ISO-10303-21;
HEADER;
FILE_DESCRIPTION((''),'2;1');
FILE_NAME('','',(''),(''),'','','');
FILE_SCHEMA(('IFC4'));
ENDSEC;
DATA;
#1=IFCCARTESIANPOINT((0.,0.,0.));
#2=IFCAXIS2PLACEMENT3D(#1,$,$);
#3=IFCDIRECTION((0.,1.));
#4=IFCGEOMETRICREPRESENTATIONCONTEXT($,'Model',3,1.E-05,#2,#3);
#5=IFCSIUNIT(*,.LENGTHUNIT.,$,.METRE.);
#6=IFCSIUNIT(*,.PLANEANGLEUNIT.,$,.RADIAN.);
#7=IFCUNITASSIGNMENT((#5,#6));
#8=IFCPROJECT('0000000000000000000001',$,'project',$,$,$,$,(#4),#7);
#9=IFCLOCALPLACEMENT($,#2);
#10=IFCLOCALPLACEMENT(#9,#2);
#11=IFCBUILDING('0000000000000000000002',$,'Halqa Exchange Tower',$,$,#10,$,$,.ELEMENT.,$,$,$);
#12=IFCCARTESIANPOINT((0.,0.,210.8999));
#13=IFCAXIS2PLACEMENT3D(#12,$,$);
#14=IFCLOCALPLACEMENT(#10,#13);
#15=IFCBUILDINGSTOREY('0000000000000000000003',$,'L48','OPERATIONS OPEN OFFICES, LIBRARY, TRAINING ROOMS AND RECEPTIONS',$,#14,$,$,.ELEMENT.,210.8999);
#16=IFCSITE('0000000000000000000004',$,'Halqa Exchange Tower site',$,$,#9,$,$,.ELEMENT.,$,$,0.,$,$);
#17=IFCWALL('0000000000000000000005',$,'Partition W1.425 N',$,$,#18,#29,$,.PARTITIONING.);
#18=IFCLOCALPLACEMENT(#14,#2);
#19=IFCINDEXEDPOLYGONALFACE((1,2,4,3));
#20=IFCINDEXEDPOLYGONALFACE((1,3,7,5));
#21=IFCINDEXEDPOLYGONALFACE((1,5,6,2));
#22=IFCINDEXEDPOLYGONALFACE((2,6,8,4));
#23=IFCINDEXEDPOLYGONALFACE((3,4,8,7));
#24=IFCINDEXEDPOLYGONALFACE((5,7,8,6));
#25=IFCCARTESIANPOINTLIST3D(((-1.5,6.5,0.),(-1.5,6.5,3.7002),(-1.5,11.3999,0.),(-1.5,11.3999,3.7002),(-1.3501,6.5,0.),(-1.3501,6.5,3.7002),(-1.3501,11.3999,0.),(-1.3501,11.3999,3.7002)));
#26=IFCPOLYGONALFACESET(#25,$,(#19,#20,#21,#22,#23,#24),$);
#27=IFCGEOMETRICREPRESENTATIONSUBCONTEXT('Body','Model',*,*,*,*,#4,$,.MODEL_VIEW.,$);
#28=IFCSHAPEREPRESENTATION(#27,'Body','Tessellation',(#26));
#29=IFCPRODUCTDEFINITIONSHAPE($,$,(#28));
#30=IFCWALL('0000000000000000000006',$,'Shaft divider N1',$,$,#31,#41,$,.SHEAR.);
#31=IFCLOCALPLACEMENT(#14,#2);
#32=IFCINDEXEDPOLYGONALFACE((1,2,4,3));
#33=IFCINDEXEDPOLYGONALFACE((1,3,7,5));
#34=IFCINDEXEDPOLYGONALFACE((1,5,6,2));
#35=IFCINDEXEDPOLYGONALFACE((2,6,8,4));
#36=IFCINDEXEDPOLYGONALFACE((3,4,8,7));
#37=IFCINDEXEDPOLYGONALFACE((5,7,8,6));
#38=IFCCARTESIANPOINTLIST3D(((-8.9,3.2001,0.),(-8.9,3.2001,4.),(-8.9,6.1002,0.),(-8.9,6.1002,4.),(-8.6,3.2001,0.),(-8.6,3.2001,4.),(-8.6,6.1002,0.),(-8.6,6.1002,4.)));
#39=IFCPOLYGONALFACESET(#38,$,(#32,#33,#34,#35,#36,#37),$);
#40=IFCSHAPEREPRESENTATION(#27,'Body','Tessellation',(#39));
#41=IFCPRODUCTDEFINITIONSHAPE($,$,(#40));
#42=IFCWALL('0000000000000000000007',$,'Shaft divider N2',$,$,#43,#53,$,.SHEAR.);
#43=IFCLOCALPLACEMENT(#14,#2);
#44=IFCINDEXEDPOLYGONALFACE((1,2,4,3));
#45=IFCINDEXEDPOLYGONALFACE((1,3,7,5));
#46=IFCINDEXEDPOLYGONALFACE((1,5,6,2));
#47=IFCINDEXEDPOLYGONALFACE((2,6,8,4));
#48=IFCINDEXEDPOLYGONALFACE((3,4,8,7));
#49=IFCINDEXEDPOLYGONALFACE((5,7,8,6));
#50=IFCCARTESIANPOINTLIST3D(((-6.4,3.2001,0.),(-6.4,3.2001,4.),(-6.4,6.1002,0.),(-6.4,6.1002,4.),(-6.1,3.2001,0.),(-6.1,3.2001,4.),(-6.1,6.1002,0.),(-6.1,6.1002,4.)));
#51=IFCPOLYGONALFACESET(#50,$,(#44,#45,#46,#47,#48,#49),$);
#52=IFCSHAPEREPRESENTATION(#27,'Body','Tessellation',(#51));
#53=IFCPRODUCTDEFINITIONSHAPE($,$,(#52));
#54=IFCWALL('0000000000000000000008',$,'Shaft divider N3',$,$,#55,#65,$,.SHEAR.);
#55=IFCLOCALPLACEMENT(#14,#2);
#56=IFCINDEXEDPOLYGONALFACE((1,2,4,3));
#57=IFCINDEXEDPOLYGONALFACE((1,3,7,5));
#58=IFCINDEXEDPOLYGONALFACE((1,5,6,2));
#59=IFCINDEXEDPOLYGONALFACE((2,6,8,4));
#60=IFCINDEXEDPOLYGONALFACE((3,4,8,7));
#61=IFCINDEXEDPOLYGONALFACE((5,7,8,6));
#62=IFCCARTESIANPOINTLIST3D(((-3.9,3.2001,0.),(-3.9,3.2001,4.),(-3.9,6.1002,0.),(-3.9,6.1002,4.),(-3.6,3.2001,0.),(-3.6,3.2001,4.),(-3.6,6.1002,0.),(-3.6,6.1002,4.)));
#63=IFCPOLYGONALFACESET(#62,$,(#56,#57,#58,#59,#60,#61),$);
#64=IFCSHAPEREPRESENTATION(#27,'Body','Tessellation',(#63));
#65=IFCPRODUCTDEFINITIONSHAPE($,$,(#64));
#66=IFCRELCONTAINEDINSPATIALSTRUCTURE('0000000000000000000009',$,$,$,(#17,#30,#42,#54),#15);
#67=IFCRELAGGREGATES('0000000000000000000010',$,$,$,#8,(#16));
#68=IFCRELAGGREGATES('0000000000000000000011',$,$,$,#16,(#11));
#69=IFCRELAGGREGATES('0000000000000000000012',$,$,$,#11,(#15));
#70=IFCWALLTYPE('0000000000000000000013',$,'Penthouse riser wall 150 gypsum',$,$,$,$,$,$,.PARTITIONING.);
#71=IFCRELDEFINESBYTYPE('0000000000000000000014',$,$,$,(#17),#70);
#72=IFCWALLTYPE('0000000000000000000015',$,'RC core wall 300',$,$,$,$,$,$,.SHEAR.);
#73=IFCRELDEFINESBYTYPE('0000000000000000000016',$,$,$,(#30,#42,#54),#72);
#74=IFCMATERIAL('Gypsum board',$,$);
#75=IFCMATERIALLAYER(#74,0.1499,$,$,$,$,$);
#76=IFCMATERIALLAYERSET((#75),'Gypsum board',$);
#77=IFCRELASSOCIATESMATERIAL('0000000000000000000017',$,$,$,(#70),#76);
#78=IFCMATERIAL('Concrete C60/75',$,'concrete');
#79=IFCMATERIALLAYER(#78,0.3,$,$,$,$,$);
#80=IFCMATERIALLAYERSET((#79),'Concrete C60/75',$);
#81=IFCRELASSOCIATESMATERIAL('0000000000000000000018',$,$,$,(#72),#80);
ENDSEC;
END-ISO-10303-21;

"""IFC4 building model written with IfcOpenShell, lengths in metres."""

from ifc_helpers import new_model, si_unit, direction, frame, frame_2d, origin, place, context, subcontext, project, spatial, rectangle, extrude, material, layer, layer_set, type_object, element, save


model = new_model("IFC4")

# Units and contexts
model_context = context("Model", 3, precision=1e-05, world=origin(), true_north=direction((0.0, 1.0)))
body_context = subcontext(model_context, "Body", "Model", "MODEL_VIEW")
ifc_project = project(units=[si_unit("LENGTHUNIT", "METRE"), si_unit("PLANEANGLEUNIT", "RADIAN")], contexts=[model_context])

# Site, building, storey
site_placement = place(None, origin())
site = spatial("IfcSite", under=ifc_project, at=site_placement, Name="Halqa Exchange Tower site", CompositionType="ELEMENT", RefElevation=0.0)
building_placement = place(site_placement, origin())
building = spatial("IfcBuilding", under=site, at=building_placement, Name="Halqa Exchange Tower", CompositionType="ELEMENT")
storey_placement = place(building_placement, frame((0.0, 0.0, 210.8999)))
storey = spatial("IfcBuildingStorey", under=building, at=storey_placement, Name="L48", Description="OPERATIONS OPEN OFFICES, LIBRARY, TRAINING ROOMS AND RECEPTIONS", CompositionType="ELEMENT", Elevation=210.8999)

# Walls
ifc_material_1 = material(Name="Gypsum board")
ifc_layer_1 = layer(ifc_material_1, 0.1499)
ifc_layer_set_1 = layer_set([ifc_layer_1], Name="Gypsum board")
wall_type_1 = type_object("IfcWallType", Name="Penthouse riser wall 150 gypsum", PredefinedType="PARTITIONING", material=ifc_layer_set_1)
wall_1_placement = place(storey_placement, frame((-1.425, 6.5, 0.0), z_axis=(0.0, 0.0, 1.0), x_axis=(0.0, 1.0, 0.0)))
element("IfcWall", 1, at=wall_1_placement, inside=storey, type_object=wall_type_1, Name="Partition W1.425 N", PredefinedType="PARTITIONING", context=body_context, shape_type="SweptSolid", body=[
    extrude(rectangle(XDim=4.8999, YDim=0.1499, at=frame_2d((2.45, 0.0))), origin(), (0.0, 0.0, 1.0), 3.7002),
])
ifc_material_2 = material(Name="Concrete C60/75", Category="concrete")
ifc_layer_2 = layer(ifc_material_2, 0.3)
ifc_layer_set_2 = layer_set([ifc_layer_2], Name="Concrete C60/75")
wall_type_2 = type_object("IfcWallType", Name="RC core wall 300", PredefinedType="SHEAR", material=ifc_layer_set_2)
for number, where, z_axis, x_axis, name in (
    (2, (-8.75, 3.2, 0.0), (0.0, 0.0, 1.0), (0.0, 1.0, 0.0), "Shaft divider N1"),
    (3, (-6.25, 3.2, 0.0), (0.0, 0.0, 1.0), (0.0, 1.0, 0.0), "Shaft divider N2"),
    (4, (-3.75, 3.2, 0.0), (0.0, 0.0, 1.0), (0.0, 1.0, 0.0), "Shaft divider N3"),
):
    element("IfcWall", number, at=place(storey_placement, frame(where, z_axis=z_axis, x_axis=x_axis)), inside=storey, type_object=wall_type_2, Name=name, PredefinedType="SHEAR", context=body_context, shape_type="SweptSolid", body=[
        extrude(rectangle(XDim=2.9001, YDim=0.3, at=frame_2d((1.4502, 0.0))), origin(), (0.0, 0.0, 1.0), 4.0),
    ])

save(model, "model.ifc")
